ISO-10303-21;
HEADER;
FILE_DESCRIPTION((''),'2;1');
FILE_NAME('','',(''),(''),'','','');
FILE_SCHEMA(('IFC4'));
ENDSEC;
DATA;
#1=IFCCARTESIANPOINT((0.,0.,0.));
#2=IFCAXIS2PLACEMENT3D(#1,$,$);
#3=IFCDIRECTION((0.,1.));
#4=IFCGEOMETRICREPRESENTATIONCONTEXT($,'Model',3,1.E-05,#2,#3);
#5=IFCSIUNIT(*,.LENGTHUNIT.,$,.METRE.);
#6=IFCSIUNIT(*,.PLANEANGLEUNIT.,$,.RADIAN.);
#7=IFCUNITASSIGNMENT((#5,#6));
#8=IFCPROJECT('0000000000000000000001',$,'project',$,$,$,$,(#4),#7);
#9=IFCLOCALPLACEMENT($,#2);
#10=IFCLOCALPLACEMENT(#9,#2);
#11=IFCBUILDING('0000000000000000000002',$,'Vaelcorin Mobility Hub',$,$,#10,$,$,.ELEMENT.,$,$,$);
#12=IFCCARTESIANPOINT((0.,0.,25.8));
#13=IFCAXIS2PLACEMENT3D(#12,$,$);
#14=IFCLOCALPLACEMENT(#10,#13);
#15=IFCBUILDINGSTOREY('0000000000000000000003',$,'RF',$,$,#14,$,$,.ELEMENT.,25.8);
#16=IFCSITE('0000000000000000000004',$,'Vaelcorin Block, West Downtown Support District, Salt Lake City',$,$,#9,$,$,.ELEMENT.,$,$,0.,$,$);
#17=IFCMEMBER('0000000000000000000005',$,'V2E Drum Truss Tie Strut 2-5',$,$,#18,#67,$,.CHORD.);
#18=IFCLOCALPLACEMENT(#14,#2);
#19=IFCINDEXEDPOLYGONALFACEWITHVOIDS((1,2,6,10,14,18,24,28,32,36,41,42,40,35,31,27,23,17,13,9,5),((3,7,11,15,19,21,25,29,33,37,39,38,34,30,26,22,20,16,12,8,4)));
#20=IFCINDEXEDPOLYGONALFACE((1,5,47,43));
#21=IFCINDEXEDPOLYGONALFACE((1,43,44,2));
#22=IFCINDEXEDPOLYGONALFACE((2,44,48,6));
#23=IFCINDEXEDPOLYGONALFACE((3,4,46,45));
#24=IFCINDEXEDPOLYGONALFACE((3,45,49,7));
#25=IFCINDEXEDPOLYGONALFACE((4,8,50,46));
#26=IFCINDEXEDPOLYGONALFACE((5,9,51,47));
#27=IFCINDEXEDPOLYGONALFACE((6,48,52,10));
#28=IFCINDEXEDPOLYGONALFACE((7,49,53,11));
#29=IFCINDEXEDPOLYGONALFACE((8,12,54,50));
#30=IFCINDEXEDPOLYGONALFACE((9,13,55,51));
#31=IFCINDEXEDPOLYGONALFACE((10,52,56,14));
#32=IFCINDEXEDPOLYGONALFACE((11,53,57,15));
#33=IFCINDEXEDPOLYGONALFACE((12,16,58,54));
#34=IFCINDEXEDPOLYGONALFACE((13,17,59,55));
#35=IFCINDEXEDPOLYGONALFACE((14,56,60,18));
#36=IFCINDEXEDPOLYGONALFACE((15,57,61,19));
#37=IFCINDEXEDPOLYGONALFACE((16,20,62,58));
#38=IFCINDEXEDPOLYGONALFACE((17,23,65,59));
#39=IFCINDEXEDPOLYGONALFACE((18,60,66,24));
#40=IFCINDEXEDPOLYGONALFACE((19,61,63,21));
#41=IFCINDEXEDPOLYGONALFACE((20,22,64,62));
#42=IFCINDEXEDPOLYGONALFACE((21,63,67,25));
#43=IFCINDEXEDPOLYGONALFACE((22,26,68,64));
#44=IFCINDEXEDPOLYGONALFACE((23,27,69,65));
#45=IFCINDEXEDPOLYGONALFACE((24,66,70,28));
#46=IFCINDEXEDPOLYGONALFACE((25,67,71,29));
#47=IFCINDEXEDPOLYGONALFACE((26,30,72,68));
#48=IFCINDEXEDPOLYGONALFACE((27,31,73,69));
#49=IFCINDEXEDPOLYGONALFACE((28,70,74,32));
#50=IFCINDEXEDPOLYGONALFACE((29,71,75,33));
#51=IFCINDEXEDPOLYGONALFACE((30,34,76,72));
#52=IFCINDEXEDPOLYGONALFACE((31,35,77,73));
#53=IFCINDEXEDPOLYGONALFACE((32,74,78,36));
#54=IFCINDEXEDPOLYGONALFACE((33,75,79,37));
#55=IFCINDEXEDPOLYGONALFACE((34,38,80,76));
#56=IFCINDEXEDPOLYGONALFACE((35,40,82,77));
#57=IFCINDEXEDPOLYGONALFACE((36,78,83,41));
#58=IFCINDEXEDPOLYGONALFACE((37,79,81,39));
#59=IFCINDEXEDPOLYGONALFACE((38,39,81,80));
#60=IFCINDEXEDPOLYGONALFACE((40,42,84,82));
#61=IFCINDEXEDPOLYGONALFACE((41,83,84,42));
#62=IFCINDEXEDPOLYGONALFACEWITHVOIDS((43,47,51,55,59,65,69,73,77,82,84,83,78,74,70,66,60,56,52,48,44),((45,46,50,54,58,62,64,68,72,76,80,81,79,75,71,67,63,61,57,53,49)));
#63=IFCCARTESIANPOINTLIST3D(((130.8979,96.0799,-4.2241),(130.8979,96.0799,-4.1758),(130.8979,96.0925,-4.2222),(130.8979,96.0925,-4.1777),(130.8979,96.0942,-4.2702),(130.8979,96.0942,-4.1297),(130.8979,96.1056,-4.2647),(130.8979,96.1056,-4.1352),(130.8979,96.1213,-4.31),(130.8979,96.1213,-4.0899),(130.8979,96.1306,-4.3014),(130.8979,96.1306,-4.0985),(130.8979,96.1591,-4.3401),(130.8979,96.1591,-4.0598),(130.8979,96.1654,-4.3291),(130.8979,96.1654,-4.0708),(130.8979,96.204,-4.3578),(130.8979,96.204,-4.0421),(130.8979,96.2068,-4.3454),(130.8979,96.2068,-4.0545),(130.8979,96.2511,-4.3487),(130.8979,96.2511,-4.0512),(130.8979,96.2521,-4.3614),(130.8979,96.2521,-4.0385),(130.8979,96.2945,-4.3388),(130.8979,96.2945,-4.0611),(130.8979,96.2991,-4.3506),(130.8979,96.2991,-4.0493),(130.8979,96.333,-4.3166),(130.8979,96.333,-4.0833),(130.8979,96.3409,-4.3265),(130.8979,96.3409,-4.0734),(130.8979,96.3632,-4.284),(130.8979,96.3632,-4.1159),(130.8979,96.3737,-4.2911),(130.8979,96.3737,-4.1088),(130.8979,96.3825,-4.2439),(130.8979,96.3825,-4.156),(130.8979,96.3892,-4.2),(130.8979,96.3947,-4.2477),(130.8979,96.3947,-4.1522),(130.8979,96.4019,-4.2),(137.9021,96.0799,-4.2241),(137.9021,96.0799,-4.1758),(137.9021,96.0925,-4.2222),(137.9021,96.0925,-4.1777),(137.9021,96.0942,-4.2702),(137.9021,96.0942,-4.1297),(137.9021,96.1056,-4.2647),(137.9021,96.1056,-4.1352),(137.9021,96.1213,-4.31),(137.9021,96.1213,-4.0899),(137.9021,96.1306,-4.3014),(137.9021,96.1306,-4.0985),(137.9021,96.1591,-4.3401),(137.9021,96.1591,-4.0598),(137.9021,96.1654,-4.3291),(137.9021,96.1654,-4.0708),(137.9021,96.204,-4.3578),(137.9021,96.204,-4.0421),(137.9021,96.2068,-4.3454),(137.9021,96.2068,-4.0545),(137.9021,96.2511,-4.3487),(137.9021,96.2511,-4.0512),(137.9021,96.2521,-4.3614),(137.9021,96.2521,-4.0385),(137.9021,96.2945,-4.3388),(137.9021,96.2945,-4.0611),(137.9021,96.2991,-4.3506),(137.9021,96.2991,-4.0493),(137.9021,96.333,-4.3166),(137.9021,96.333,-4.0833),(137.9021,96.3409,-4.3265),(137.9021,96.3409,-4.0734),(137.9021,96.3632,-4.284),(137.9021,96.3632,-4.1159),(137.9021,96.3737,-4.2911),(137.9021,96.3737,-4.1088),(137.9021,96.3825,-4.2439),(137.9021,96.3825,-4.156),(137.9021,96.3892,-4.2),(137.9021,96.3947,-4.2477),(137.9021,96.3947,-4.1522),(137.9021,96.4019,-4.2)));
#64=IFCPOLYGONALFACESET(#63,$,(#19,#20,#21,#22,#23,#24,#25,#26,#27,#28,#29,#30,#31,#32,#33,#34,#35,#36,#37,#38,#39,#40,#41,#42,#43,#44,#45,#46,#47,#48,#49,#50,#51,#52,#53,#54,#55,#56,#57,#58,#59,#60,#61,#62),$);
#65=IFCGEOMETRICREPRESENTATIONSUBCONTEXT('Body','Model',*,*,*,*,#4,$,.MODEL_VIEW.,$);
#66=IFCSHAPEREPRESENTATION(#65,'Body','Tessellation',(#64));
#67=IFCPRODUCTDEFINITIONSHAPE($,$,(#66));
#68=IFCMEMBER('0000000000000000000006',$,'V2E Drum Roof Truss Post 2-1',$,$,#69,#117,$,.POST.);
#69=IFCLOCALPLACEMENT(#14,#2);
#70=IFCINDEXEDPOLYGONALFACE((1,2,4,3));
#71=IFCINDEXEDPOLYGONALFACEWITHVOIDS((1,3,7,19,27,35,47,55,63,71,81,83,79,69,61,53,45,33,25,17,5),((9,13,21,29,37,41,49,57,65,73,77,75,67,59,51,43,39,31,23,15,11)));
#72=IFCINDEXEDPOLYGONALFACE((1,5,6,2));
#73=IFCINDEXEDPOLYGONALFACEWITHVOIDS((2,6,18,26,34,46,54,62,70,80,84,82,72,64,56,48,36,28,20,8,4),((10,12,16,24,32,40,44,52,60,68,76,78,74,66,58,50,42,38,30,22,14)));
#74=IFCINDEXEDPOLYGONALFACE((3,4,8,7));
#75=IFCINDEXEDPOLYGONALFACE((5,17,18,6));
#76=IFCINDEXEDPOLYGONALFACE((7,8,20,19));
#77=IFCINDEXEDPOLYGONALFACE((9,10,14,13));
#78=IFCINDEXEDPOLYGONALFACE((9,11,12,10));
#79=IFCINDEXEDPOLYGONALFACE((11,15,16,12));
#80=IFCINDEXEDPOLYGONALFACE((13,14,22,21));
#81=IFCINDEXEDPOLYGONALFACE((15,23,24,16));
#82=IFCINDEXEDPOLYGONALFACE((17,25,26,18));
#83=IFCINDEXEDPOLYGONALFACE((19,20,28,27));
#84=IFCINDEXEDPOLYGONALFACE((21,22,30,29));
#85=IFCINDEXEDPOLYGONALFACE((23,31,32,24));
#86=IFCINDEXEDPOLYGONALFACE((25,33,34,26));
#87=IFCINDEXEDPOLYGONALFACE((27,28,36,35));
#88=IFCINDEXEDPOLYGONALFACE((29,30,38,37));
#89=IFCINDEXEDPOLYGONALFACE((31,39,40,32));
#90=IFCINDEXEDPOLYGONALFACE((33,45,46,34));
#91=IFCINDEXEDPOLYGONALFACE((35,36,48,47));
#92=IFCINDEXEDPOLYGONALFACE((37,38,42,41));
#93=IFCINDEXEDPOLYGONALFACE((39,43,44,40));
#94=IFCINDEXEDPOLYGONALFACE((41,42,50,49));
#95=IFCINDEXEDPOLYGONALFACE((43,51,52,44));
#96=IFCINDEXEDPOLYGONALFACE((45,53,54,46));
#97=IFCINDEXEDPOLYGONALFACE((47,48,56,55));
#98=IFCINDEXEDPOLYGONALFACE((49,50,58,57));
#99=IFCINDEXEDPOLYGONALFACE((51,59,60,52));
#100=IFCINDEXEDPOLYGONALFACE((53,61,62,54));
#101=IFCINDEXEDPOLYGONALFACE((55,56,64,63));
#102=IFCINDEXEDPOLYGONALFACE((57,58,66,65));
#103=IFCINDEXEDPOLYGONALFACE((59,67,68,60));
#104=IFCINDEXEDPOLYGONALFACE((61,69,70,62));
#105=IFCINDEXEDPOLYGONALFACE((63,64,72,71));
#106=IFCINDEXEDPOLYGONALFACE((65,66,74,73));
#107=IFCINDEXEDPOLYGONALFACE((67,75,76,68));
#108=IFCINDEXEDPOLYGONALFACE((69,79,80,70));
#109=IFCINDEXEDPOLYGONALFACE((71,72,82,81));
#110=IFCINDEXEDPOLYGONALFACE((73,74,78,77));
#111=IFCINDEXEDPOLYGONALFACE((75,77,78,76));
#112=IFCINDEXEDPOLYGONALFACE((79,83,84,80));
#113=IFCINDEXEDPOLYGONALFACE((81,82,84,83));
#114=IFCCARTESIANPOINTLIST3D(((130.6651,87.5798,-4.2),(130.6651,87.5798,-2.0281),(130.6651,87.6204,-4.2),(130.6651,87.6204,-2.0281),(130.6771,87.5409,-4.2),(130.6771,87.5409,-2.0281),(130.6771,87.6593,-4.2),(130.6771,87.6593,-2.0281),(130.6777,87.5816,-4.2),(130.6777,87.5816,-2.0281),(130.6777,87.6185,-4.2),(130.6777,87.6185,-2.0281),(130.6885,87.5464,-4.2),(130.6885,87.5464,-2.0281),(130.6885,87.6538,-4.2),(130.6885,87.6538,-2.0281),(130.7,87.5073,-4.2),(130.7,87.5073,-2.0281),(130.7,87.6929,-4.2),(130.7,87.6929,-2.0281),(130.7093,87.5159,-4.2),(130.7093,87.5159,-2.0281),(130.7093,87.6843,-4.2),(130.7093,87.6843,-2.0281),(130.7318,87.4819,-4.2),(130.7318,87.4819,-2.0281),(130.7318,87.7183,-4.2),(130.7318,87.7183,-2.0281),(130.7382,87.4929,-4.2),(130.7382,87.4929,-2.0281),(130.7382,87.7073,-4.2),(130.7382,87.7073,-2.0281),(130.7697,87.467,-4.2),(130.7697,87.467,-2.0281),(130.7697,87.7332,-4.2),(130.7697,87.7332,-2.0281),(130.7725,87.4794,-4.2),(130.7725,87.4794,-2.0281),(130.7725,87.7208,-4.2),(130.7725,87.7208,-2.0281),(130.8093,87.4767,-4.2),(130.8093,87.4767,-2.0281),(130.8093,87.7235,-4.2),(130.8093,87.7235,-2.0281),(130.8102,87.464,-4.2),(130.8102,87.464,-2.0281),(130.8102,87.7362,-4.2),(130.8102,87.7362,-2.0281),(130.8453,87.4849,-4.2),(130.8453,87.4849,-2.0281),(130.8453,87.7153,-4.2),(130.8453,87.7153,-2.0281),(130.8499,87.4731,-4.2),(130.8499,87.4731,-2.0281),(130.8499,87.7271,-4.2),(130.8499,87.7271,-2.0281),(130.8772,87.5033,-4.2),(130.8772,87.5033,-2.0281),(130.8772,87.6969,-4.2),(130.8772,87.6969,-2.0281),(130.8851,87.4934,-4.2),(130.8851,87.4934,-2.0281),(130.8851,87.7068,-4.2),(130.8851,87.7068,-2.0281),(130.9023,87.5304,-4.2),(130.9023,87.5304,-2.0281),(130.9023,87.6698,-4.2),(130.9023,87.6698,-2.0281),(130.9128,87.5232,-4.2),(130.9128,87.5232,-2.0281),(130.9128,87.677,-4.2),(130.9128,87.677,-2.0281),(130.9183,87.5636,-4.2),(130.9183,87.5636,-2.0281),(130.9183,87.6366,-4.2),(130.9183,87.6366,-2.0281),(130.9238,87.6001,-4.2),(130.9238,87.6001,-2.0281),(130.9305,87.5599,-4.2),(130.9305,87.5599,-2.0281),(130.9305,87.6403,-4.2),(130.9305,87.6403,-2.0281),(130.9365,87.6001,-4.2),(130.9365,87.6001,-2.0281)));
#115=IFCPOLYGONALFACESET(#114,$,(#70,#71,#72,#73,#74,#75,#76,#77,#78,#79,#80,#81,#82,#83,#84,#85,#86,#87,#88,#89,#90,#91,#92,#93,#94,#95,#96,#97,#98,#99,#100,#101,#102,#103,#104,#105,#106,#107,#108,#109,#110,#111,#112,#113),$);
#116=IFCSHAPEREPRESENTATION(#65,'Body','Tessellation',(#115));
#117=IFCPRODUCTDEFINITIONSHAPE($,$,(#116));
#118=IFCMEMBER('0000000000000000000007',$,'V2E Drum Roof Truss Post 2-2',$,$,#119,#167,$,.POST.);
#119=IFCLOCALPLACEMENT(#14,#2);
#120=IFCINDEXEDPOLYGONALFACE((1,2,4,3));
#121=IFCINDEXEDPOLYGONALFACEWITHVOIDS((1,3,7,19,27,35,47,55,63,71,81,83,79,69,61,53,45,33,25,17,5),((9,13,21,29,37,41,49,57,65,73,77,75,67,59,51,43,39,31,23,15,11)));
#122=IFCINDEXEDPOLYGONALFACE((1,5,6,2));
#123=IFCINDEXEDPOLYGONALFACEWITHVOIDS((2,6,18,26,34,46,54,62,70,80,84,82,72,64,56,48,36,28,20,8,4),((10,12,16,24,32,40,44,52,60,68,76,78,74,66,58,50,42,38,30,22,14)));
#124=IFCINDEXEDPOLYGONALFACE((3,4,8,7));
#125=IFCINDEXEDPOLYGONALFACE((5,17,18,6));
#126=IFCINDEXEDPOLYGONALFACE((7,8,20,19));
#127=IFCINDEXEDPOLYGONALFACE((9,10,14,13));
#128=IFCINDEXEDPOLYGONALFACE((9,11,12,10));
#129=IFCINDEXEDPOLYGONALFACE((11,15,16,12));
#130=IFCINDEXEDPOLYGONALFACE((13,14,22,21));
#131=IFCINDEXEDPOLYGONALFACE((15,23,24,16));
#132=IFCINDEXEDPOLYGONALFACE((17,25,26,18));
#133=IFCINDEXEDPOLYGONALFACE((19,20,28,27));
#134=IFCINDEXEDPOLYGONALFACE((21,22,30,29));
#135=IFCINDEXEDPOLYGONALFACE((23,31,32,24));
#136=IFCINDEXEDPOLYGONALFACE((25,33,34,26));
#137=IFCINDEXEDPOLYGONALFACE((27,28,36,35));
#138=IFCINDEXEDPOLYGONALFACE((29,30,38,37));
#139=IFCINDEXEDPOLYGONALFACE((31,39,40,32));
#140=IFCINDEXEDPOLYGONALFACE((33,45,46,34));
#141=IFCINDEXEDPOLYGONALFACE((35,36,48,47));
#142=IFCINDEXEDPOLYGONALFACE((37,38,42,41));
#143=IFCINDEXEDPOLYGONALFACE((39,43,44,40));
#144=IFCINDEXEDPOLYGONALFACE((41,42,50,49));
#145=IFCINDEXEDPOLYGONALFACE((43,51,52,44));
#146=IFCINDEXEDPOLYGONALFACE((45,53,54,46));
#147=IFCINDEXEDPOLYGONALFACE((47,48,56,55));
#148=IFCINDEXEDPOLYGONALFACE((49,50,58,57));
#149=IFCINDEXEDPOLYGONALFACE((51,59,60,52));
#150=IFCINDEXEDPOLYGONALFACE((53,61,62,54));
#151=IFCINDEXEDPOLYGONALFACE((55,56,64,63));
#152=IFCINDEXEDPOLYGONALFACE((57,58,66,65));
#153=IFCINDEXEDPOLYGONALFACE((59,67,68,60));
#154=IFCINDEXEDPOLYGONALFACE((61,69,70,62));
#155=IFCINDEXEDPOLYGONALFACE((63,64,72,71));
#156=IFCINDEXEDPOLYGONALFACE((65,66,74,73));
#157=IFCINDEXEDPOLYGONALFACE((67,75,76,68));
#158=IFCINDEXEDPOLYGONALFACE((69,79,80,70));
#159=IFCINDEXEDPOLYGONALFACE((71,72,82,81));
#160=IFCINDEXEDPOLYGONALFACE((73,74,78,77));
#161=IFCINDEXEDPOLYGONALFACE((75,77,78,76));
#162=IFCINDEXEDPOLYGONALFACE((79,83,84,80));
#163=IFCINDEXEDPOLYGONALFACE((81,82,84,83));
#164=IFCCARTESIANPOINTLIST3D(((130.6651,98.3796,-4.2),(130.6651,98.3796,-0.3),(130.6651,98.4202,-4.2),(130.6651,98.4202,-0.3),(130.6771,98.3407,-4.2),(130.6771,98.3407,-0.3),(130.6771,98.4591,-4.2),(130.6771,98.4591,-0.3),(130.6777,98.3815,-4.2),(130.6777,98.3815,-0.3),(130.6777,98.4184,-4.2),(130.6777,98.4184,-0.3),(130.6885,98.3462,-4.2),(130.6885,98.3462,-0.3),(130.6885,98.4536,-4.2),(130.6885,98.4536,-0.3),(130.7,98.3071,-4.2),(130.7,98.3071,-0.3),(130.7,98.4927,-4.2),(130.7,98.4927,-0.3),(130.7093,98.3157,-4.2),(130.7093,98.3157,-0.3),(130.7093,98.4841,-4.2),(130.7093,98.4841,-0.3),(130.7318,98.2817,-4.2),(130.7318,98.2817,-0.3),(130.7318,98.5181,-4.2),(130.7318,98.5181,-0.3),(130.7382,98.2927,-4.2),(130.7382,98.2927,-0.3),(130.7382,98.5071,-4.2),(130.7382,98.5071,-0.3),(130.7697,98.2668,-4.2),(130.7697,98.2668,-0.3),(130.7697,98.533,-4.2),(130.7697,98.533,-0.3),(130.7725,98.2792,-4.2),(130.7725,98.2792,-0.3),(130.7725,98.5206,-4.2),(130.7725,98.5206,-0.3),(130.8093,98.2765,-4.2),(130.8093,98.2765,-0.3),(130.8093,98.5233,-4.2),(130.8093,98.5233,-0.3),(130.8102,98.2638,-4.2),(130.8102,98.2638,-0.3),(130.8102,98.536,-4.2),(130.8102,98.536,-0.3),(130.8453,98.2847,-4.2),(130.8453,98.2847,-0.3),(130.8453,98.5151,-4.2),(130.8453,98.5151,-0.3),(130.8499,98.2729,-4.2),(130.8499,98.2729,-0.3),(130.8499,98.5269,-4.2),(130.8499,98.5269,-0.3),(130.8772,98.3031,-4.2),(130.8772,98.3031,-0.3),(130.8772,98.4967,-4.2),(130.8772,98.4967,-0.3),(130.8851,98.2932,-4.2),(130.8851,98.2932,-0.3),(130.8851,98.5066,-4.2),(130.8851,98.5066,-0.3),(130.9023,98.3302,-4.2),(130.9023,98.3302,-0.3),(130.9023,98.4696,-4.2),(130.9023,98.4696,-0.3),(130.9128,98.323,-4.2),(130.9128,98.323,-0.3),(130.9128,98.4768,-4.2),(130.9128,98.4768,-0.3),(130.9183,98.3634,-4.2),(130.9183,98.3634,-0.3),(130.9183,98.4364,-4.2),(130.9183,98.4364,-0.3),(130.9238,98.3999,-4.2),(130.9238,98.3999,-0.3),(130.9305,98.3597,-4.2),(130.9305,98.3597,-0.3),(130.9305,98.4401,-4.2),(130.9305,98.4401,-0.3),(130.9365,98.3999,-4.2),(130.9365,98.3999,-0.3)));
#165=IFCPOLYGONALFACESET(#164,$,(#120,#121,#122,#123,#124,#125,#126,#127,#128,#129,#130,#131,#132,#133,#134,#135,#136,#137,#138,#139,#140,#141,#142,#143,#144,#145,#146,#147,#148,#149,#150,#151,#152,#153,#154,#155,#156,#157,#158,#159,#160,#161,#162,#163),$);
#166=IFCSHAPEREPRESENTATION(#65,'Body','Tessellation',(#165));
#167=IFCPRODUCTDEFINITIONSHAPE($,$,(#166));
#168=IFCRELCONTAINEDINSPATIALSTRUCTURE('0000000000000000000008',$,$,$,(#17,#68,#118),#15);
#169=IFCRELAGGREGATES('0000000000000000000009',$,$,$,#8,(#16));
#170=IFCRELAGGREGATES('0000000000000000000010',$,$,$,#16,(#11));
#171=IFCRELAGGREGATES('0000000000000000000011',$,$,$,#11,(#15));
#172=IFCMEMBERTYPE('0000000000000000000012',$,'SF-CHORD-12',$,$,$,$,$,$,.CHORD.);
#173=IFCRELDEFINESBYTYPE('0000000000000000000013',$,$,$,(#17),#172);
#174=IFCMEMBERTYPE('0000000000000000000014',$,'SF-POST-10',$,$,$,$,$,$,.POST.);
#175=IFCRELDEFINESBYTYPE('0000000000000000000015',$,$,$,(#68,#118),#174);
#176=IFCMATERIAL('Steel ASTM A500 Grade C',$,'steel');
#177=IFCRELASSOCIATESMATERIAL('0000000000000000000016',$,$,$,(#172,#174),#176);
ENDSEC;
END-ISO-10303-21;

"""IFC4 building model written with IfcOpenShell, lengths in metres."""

from ifc_helpers import new_model, si_unit, direction, frame, origin, origin_2d, place, context, subcontext, project, spatial, hollow_circle, extrude, material, material_profile, profile_set, type_object, element, save


model = new_model("IFC4")

# Units and contexts
model_context = context("Model", 3, precision=1e-05, world=origin(), true_north=direction((0.0, 1.0)))
body_context = subcontext(model_context, "Body", "Model", "MODEL_VIEW")
ifc_project = project(units=[si_unit("LENGTHUNIT", "METRE"), si_unit("PLANEANGLEUNIT", "RADIAN")], contexts=[model_context])

# Site, building, storey
site_placement = place(None, origin())
site = spatial("IfcSite", under=ifc_project, at=site_placement, Name="Vaelcorin Block, West Downtown Support District, Salt Lake City", CompositionType="ELEMENT", RefElevation=0.0)
building_placement = place(site_placement, origin())
building = spatial("IfcBuilding", under=site, at=building_placement, Name="Vaelcorin Mobility Hub", CompositionType="ELEMENT")
storey_placement = place(building_placement, frame((0.0, 0.0, 25.8)))
storey = spatial("IfcBuildingStorey", under=building, at=storey_placement, Name="RF", CompositionType="ELEMENT", Elevation=25.8)

# Members
ifc_material_1 = material(Name="Steel ASTM A500 Grade C", Category="steel")
ifc_material_profile_1 = material_profile(ifc_material_1, hollow_circle(Radius=0.1619, WallThickness=0.0127, at=origin_2d()), Name="HSS12.750X0.500")
ifc_profile_set_1 = profile_set([ifc_material_profile_1], Name="Steel ASTM A500 Grade C")
member_type_1 = type_object("IfcMemberType", Name="SF-CHORD-12", PredefinedType="CHORD", material=ifc_profile_set_1)
for number, where, z_axis, x_axis, name in (
    (1, (130.8979, 96.24, -4.2), (1.0, 0.0, 0.0), (0.0, 1.0, 0.0), "V2E Drum Truss Tie Strut 2-5"),
):
    element("IfcMember", number, at=place(storey_placement, frame(where, z_axis=z_axis, x_axis=x_axis)), inside=storey, type_object=member_type_1, Name=name, PredefinedType="CHORD", context=body_context, shape_type="SweptSolid", body=[
        extrude(hollow_circle(Radius=0.1619, WallThickness=0.0127, at=origin_2d()), origin(), (0.0, 0.0, 1.0), 7.0042),
    ])
ifc_material_profile_2 = material_profile(ifc_material_1, hollow_circle(Radius=0.1365, WallThickness=0.0127, at=origin_2d()), Name="HSS10.750X0.500")
ifc_profile_set_2 = profile_set([ifc_material_profile_2], Name="Steel ASTM A500 Grade C")
member_type_2 = type_object("IfcMemberType", Name="SF-POST-10", PredefinedType="POST", material=ifc_profile_set_2)
member_1_placement = place(storey_placement, frame((130.8, 87.6001, -4.2), z_axis=(0.0, 0.0, 1.0), x_axis=(1.0, 0.0, 0.0)))
element("IfcMember", 2, at=member_1_placement, inside=storey, type_object=member_type_2, Name="V2E Drum Roof Truss Post 2-1", PredefinedType="POST", context=body_context, shape_type="SweptSolid", body=[
    extrude(hollow_circle(Radius=0.1365, WallThickness=0.0127, at=origin_2d()), origin(), (0.0, 0.0, 1.0), 2.1719),
])
member_2_placement = place(storey_placement, frame((130.8, 98.3999, -4.2), z_axis=(0.0, 0.0, 1.0), x_axis=(1.0, 0.0, 0.0)))
element("IfcMember", 3, at=member_2_placement, inside=storey, type_object=member_type_2, Name="V2E Drum Roof Truss Post 2-2", PredefinedType="POST", context=body_context, shape_type="SweptSolid", body=[
    extrude(hollow_circle(Radius=0.1365, WallThickness=0.0127, at=origin_2d()), origin(), (0.0, 0.0, 1.0), 3.8999),
])

save(model, "model.ifc")
